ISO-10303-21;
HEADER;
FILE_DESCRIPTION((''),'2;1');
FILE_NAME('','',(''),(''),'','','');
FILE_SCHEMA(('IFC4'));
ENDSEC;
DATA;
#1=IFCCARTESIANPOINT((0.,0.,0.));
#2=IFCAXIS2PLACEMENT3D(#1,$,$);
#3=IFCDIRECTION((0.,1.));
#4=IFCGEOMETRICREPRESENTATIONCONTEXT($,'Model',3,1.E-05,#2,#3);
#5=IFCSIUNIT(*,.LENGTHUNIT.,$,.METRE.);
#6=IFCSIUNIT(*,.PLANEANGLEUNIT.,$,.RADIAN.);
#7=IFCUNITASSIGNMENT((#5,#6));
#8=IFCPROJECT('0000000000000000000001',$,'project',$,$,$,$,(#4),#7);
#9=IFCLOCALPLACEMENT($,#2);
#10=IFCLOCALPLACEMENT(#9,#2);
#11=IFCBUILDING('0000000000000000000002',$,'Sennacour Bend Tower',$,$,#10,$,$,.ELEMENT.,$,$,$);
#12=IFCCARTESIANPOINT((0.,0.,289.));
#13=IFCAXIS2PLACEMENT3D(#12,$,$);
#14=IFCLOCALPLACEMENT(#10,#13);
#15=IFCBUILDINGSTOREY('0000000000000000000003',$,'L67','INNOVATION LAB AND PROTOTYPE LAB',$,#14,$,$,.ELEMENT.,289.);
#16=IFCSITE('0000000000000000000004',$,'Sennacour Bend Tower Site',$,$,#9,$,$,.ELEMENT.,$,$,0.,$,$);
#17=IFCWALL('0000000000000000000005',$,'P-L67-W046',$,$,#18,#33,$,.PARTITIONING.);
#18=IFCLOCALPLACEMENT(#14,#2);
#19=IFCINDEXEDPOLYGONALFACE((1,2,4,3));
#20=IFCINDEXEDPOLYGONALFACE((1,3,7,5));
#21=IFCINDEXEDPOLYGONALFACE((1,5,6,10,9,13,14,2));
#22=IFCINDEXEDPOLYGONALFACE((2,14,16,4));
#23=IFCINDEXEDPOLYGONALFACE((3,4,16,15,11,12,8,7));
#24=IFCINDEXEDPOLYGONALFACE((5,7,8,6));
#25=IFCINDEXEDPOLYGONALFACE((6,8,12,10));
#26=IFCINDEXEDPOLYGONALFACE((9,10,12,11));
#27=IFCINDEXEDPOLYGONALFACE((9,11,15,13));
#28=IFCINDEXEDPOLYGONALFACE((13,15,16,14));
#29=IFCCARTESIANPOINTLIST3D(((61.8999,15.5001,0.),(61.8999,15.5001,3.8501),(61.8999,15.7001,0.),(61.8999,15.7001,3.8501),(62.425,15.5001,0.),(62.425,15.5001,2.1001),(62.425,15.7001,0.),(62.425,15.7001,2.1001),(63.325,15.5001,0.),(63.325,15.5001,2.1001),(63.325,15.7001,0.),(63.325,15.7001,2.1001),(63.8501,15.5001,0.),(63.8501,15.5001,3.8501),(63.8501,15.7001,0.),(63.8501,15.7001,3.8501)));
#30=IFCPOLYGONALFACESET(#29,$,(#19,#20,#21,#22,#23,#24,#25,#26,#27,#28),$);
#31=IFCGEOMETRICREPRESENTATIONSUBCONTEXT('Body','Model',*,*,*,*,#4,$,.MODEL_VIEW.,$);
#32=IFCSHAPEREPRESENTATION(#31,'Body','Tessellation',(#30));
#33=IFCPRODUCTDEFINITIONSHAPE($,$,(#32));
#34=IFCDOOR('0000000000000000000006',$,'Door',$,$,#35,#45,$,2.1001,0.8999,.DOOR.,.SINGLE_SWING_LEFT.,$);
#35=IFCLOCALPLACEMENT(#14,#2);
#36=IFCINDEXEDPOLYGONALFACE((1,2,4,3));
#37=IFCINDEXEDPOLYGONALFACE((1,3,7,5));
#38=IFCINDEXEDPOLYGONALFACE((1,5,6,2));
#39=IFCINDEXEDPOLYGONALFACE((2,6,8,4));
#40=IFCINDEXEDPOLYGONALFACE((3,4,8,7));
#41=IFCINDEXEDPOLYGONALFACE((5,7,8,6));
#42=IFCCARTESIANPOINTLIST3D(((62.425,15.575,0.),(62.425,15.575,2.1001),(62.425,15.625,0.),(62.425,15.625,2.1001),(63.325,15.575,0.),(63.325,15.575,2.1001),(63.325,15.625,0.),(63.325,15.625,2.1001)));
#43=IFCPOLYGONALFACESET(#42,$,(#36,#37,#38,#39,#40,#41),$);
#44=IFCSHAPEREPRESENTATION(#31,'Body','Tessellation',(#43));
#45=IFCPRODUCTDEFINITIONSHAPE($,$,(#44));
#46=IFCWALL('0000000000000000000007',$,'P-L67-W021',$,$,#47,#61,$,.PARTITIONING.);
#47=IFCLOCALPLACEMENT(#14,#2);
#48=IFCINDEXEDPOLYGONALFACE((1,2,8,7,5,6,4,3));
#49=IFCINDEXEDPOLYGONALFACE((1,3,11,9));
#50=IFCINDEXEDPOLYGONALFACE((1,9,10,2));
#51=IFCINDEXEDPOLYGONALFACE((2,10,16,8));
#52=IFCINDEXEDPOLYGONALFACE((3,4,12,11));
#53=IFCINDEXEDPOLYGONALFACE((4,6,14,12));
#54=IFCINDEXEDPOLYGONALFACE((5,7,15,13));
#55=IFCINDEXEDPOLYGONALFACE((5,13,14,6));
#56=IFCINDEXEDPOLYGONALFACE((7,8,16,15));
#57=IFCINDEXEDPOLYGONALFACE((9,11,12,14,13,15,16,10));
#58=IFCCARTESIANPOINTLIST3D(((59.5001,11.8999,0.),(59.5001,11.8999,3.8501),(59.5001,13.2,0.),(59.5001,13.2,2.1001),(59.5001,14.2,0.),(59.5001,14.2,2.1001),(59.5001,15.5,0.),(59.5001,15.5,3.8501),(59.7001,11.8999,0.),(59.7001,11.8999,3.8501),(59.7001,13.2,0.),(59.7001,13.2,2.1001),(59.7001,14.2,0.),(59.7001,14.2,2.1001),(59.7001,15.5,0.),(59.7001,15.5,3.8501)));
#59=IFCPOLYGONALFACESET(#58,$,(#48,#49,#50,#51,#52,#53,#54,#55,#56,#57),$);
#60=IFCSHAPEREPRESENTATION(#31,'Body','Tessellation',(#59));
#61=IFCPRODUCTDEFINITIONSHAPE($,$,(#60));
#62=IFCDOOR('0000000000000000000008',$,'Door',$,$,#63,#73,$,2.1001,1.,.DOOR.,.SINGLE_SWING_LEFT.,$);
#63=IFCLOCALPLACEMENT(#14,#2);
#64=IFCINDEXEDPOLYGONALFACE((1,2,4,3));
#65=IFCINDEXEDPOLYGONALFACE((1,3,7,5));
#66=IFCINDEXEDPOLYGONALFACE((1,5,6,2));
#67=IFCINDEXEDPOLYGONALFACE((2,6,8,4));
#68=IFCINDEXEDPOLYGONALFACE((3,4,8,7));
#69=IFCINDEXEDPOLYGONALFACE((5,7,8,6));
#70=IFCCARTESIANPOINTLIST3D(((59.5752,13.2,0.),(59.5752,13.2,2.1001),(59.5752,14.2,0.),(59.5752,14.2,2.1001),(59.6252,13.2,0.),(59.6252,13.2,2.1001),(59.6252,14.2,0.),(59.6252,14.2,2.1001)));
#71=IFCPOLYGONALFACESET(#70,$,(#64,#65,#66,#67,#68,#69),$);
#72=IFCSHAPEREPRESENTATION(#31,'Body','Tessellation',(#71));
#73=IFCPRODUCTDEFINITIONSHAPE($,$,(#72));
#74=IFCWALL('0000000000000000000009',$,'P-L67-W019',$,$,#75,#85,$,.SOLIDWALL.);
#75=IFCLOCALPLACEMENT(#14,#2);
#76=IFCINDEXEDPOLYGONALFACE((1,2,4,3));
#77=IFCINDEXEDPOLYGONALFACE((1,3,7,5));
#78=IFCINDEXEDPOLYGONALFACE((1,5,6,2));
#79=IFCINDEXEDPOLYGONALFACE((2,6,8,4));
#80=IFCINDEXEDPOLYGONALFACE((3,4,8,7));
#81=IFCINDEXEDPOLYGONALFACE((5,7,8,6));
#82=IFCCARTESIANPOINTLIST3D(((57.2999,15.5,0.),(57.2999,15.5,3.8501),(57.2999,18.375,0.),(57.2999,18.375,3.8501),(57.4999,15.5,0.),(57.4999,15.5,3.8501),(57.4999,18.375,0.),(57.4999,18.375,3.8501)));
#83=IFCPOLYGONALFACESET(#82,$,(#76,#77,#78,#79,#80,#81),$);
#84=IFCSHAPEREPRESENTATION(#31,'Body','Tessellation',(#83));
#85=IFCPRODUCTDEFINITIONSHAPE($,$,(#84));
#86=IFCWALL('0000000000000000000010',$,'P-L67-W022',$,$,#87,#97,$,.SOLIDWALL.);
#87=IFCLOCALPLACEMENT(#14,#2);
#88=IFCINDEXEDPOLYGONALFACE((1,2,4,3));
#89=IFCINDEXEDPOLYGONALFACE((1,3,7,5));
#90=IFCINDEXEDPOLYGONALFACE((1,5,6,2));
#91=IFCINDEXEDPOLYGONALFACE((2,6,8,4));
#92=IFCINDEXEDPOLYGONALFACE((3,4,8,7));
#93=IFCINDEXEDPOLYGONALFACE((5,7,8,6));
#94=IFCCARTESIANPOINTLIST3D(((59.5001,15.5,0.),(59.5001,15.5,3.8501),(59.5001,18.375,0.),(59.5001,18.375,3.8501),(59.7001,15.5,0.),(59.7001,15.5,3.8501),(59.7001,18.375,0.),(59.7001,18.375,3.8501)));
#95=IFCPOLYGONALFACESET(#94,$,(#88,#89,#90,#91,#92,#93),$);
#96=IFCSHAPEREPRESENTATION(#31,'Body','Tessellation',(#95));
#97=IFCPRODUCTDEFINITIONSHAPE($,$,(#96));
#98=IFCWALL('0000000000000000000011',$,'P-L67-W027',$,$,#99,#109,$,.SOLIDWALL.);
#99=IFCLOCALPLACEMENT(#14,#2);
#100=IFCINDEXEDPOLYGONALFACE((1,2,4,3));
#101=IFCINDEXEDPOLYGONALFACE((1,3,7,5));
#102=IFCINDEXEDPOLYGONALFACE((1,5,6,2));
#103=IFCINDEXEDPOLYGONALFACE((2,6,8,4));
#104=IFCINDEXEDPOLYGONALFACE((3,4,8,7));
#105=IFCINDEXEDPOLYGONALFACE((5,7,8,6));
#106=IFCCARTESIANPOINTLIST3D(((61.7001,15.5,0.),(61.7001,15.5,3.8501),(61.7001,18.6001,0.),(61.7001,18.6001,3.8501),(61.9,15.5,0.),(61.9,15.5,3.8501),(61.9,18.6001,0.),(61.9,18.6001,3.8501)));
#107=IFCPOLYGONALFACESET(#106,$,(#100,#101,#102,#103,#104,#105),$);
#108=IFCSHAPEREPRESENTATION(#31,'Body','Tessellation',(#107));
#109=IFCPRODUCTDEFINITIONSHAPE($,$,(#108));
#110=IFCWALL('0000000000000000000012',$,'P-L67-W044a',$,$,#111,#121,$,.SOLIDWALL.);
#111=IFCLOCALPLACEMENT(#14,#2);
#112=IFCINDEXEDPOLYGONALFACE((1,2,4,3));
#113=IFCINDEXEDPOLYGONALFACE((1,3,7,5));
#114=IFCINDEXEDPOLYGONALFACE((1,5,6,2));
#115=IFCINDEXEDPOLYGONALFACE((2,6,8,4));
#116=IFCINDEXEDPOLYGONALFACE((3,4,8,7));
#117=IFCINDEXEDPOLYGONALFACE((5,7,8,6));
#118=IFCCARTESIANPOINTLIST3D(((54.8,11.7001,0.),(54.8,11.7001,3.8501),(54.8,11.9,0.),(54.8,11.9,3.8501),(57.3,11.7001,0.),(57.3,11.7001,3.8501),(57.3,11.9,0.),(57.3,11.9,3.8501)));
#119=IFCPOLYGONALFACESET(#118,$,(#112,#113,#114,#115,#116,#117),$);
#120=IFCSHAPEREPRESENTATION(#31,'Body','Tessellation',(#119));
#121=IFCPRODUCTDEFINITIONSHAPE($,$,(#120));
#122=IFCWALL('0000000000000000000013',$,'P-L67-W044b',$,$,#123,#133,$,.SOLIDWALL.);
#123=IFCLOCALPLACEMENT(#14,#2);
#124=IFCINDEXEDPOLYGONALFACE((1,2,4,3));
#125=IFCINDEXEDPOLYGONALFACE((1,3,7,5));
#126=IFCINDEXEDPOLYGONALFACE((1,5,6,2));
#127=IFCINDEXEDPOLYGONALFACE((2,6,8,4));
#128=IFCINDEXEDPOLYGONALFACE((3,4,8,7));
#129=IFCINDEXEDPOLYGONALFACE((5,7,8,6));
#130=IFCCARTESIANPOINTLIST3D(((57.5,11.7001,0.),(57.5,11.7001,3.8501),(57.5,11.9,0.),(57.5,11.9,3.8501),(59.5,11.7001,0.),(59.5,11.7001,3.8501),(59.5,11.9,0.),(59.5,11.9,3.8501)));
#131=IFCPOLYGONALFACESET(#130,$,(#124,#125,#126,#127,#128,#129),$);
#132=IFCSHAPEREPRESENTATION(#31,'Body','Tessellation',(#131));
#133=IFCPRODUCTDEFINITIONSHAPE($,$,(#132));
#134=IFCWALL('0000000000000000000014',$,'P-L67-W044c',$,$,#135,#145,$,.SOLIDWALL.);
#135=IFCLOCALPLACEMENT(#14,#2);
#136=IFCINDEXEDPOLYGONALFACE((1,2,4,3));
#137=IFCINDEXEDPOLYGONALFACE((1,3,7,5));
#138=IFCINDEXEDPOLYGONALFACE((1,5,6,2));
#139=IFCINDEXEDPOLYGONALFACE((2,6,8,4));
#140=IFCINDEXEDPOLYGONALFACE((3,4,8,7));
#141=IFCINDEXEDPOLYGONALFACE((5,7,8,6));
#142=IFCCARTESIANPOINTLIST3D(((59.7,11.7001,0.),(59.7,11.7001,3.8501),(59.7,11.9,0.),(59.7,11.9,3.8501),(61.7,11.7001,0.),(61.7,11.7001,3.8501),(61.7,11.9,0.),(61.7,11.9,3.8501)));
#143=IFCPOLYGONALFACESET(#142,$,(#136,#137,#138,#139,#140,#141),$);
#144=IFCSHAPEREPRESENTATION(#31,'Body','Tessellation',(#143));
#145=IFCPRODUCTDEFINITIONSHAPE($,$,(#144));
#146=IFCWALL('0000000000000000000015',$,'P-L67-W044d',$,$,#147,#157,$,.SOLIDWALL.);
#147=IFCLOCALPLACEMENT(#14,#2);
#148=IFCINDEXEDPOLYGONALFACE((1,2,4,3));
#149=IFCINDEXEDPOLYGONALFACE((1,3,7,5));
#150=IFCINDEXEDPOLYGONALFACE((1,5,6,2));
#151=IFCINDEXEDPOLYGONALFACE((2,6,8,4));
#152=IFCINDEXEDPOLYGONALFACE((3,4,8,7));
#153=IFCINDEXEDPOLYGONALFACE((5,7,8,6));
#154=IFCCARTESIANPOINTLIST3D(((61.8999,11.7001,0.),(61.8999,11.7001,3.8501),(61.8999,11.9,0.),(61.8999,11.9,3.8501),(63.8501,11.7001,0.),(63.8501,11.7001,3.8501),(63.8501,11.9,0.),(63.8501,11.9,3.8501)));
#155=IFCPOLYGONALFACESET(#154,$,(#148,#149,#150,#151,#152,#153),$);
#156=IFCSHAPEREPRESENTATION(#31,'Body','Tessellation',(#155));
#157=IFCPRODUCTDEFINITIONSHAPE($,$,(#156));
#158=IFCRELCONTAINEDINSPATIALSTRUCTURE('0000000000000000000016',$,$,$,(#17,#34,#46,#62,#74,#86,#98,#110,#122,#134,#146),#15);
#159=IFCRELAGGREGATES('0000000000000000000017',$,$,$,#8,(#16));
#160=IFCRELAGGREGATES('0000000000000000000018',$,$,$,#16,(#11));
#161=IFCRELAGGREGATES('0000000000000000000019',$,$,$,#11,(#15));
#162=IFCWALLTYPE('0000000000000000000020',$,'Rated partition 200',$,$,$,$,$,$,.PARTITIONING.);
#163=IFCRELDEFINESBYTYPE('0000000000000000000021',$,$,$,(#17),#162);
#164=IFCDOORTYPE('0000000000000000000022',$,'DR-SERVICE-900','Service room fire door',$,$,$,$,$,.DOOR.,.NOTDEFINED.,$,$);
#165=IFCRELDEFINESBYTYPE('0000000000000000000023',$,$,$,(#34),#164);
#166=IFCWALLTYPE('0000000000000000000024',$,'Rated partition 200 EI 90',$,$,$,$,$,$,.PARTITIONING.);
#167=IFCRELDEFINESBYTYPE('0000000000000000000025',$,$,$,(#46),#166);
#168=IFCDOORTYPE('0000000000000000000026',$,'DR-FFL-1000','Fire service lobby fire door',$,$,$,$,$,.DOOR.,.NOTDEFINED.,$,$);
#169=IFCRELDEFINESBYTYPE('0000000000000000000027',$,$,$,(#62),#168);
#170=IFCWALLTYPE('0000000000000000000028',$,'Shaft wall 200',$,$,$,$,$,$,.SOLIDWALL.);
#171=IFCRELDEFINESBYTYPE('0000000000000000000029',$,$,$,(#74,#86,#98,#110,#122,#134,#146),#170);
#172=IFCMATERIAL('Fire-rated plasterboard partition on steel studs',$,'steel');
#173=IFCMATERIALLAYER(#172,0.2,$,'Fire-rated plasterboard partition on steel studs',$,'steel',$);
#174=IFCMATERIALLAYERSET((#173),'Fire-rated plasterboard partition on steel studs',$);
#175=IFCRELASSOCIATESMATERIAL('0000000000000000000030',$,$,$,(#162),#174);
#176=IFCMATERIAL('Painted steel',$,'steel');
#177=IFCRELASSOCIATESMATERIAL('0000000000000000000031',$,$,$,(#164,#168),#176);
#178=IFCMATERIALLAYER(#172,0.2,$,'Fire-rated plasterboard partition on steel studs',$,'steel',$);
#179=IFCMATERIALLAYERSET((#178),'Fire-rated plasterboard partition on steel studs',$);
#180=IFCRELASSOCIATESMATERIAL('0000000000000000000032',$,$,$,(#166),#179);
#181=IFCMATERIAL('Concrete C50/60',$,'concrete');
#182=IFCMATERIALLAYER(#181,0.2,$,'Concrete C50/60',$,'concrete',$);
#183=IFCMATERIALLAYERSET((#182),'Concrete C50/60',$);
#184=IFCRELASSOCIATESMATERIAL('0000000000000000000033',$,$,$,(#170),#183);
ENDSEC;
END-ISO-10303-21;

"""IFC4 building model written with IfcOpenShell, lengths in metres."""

from ifc_helpers import new_model, si_unit, direction, frame, frame_2d, origin, place, context, subcontext, project, spatial, rectangle, extrude, material, layer, layer_set, type_object, element, fill, save


model = new_model("IFC4")

# Units and contexts
model_context = context("Model", 3, precision=1e-05, world=origin(), true_north=direction((0.0, 1.0)))
body_context = subcontext(model_context, "Body", "Model", "MODEL_VIEW")
ifc_project = project(units=[si_unit("LENGTHUNIT", "METRE"), si_unit("PLANEANGLEUNIT", "RADIAN")], contexts=[model_context])

# Site, building, storey
site_placement = place(None, origin())
site = spatial("IfcSite", under=ifc_project, at=site_placement, Name="Sennacour Bend Tower Site", CompositionType="ELEMENT", RefElevation=0.0)
building_placement = place(site_placement, origin())
building = spatial("IfcBuilding", under=site, at=building_placement, Name="Sennacour Bend Tower", CompositionType="ELEMENT")
storey_placement = place(building_placement, frame((0.0, 0.0, 289.0)))
storey = spatial("IfcBuildingStorey", under=building, at=storey_placement, Name="L67", Description="INNOVATION LAB AND PROTOTYPE LAB", CompositionType="ELEMENT", Elevation=289.0)

# Walls, openings, doors
ifc_material_1 = material(Name="Fire-rated plasterboard partition on steel studs", Category="steel")
ifc_layer_1 = layer(ifc_material_1, 0.2, Name="Fire-rated plasterboard partition on steel studs", Category="steel")
ifc_layer_set_1 = layer_set([ifc_layer_1], Name="Fire-rated plasterboard partition on steel studs")
wall_type_1 = type_object("IfcWallType", Name="Rated partition 200", PredefinedType="PARTITIONING", material=ifc_layer_set_1)
wall_1_placement = place(storey_placement, frame((61.8999, 15.6001, 0.0), z_axis=(0.0, 0.0, 1.0), x_axis=(1.0, 0.0, 0.0)))
wall_1 = element("IfcWall", 1, at=wall_1_placement, inside=storey, type_object=wall_type_1, Name="P-L67-W046", PredefinedType="PARTITIONING", context=body_context, shape_type="SweptSolid", body=[
    extrude(rectangle(XDim=1.9502, YDim=0.2, at=frame_2d((0.9751, 0.0))), origin(), (0.0, 0.0, 1.0), 3.8501),
])
opening_1_placement = place(wall_1_placement, frame((0.5251, 0.0, 0.0)))
opening_1 = element("IfcOpeningElement", 2, at=opening_1_placement, cuts=wall_1, PredefinedType="OPENING", context=body_context, shape_type="SweptSolid", body=[
    extrude(rectangle(XDim=0.8999, YDim=2.1001, at=frame_2d((0.45, 1.05))), frame((0.0, 0.1099, 0.0), z_axis=(0.0, -1.0, 0.0), x_axis=(1.0, 0.0, 0.0)), (0.0, 0.0, 1.0), 0.22),
])
ifc_material_2 = material(Name="Painted steel", Category="steel")
door_type_1 = type_object("IfcDoorType", Name="DR-SERVICE-900", Description="Service room fire door", OperationType="NOTDEFINED", PredefinedType="DOOR", material=ifc_material_2)
door_1_placement = place(opening_1_placement, origin())
door_1 = element("IfcDoor", 3, at=door_1_placement, inside=storey, type_object=door_type_1, Name="Door", OperationType="SINGLE_SWING_LEFT", OverallHeight=2.1001, OverallWidth=0.8999, PredefinedType="DOOR", context=body_context, shape_type="SweptSolid", body=[
    extrude(rectangle(XDim=0.8999, YDim=2.1001, at=frame_2d((0.45, 1.05))), frame((0.0, 0.0249, 0.0), z_axis=(0.0, -1.0, 0.0), x_axis=(1.0, 0.0, 0.0)), (0.0, 0.0, 1.0), 0.05),
])
fill(opening_1, door_1)
ifc_layer_2 = layer(ifc_material_1, 0.2, Name="Fire-rated plasterboard partition on steel studs", Category="steel")
ifc_layer_set_2 = layer_set([ifc_layer_2], Name="Fire-rated plasterboard partition on steel studs")
wall_type_2 = type_object("IfcWallType", Name="Rated partition 200 EI 90", PredefinedType="PARTITIONING", material=ifc_layer_set_2)
wall_2_placement = place(storey_placement, frame((59.6001, 11.8999, 0.0), z_axis=(0.0, 0.0, 1.0), x_axis=(0.0, 1.0, 0.0)))
wall_2 = element("IfcWall", 4, at=wall_2_placement, inside=storey, type_object=wall_type_2, Name="P-L67-W021", PredefinedType="PARTITIONING", context=body_context, shape_type="SweptSolid", body=[
    extrude(rectangle(XDim=3.6001, YDim=0.2, at=frame_2d((1.8, 0.0))), origin(), (0.0, 0.0, 1.0), 3.8501),
])
opening_2_placement = place(wall_2_placement, frame((1.3, 0.0, 0.0)))
opening_2 = element("IfcOpeningElement", 5, at=opening_2_placement, cuts=wall_2, PredefinedType="OPENING", context=body_context, shape_type="SweptSolid", body=[
    extrude(rectangle(XDim=1.0, YDim=2.1001, at=frame_2d((0.5, 1.05))), frame((0.0, 0.1099, 0.0), z_axis=(0.0, -1.0, 0.0), x_axis=(1.0, 0.0, 0.0)), (0.0, 0.0, 1.0), 0.22),
])
door_type_2 = type_object("IfcDoorType", Name="DR-FFL-1000", Description="Fire service lobby fire door", OperationType="NOTDEFINED", PredefinedType="DOOR", material=ifc_material_2)
door_2_placement = place(opening_2_placement, origin())
door_2 = element("IfcDoor", 6, at=door_2_placement, inside=storey, type_object=door_type_2, Name="Door", OperationType="SINGLE_SWING_LEFT", OverallHeight=2.1001, OverallWidth=1.0, PredefinedType="DOOR", context=body_context, shape_type="SweptSolid", body=[
    extrude(rectangle(XDim=1.0, YDim=2.1001, at=frame_2d((0.5, 1.05))), frame((0.0, 0.0249, 0.0), z_axis=(0.0, -1.0, 0.0), x_axis=(1.0, 0.0, 0.0)), (0.0, 0.0, 1.0), 0.05),
])
fill(opening_2, door_2)

# Walls
ifc_material_3 = material(Name="Concrete C50/60", Category="concrete")
ifc_layer_3 = layer(ifc_material_3, 0.2, Name="Concrete C50/60", Category="concrete")
ifc_layer_set_3 = layer_set([ifc_layer_3], Name="Concrete C50/60")
wall_type_3 = type_object("IfcWallType", Name="Shaft wall 200", PredefinedType="SOLIDWALL", material=ifc_layer_set_3)
for number, where, z_axis, x_axis, name in (
    (7, (57.3999, 15.5, 0.0), (0.0, 0.0, 1.0), (0.0, 1.0, 0.0), "P-L67-W019"),
    (8, (59.6001, 15.5, 0.0), (0.0, 0.0, 1.0), (0.0, 1.0, 0.0), "P-L67-W022"),
):
    element("IfcWall", number, at=place(storey_placement, frame(where, z_axis=z_axis, x_axis=x_axis)), inside=storey, type_object=wall_type_3, Name=name, PredefinedType="SOLIDWALL", context=body_context, shape_type="SweptSolid", body=[
        extrude(rectangle(XDim=2.875, YDim=0.2, at=frame_2d((1.4375, 0.0))), origin(), (0.0, 0.0, 1.0), 3.8501),
    ])
wall_3_placement = place(storey_placement, frame((61.8, 15.5, 0.0), z_axis=(0.0, 0.0, 1.0), x_axis=(0.0, 1.0, 0.0)))
element("IfcWall", 9, at=wall_3_placement, inside=storey, type_object=wall_type_3, Name="P-L67-W027", PredefinedType="SOLIDWALL", context=body_context, shape_type="SweptSolid", body=[
    extrude(rectangle(XDim=3.1001, YDim=0.2, at=frame_2d((1.55, 0.0))), origin(), (0.0, 0.0, 1.0), 3.8501),
])
wall_4_placement = place(storey_placement, frame((54.8, 11.8, 0.0), z_axis=(0.0, 0.0, 1.0), x_axis=(1.0, 0.0, 0.0)))
element("IfcWall", 10, at=wall_4_placement, inside=storey, type_object=wall_type_3, Name="P-L67-W044a", PredefinedType="SOLIDWALL", context=body_context, shape_type="SweptSolid", body=[
    extrude(rectangle(XDim=2.5, YDim=0.2, at=frame_2d((1.25, 0.0))), origin(), (0.0, 0.0, 1.0), 3.8501),
])
for number, where, z_axis, x_axis, name in (
    (11, (57.5, 11.8, 0.0), (0.0, 0.0, 1.0), (1.0, 0.0, 0.0), "P-L67-W044b"),
    (12, (59.7, 11.8, 0.0), (0.0, 0.0, 1.0), (1.0, 0.0, 0.0), "P-L67-W044c"),
):
    element("IfcWall", number, at=place(storey_placement, frame(where, z_axis=z_axis, x_axis=x_axis)), inside=storey, type_object=wall_type_3, Name=name, PredefinedType="SOLIDWALL", context=body_context, shape_type="SweptSolid", body=[
        extrude(rectangle(XDim=2.0, YDim=0.2, at=frame_2d((1.0, 0.0))), origin(), (0.0, 0.0, 1.0), 3.8501),
    ])
wall_5_placement = place(storey_placement, frame((61.8999, 11.8, 0.0), z_axis=(0.0, 0.0, 1.0), x_axis=(1.0, 0.0, 0.0)))
element("IfcWall", 13, at=wall_5_placement, inside=storey, type_object=wall_type_3, Name="P-L67-W044d", PredefinedType="SOLIDWALL", context=body_context, shape_type="SweptSolid", body=[
    extrude(rectangle(XDim=1.9502, YDim=0.2, at=frame_2d((0.9751, 0.0))), origin(), (0.0, 0.0, 1.0), 3.8501),
])

save(model, "model.ifc")
